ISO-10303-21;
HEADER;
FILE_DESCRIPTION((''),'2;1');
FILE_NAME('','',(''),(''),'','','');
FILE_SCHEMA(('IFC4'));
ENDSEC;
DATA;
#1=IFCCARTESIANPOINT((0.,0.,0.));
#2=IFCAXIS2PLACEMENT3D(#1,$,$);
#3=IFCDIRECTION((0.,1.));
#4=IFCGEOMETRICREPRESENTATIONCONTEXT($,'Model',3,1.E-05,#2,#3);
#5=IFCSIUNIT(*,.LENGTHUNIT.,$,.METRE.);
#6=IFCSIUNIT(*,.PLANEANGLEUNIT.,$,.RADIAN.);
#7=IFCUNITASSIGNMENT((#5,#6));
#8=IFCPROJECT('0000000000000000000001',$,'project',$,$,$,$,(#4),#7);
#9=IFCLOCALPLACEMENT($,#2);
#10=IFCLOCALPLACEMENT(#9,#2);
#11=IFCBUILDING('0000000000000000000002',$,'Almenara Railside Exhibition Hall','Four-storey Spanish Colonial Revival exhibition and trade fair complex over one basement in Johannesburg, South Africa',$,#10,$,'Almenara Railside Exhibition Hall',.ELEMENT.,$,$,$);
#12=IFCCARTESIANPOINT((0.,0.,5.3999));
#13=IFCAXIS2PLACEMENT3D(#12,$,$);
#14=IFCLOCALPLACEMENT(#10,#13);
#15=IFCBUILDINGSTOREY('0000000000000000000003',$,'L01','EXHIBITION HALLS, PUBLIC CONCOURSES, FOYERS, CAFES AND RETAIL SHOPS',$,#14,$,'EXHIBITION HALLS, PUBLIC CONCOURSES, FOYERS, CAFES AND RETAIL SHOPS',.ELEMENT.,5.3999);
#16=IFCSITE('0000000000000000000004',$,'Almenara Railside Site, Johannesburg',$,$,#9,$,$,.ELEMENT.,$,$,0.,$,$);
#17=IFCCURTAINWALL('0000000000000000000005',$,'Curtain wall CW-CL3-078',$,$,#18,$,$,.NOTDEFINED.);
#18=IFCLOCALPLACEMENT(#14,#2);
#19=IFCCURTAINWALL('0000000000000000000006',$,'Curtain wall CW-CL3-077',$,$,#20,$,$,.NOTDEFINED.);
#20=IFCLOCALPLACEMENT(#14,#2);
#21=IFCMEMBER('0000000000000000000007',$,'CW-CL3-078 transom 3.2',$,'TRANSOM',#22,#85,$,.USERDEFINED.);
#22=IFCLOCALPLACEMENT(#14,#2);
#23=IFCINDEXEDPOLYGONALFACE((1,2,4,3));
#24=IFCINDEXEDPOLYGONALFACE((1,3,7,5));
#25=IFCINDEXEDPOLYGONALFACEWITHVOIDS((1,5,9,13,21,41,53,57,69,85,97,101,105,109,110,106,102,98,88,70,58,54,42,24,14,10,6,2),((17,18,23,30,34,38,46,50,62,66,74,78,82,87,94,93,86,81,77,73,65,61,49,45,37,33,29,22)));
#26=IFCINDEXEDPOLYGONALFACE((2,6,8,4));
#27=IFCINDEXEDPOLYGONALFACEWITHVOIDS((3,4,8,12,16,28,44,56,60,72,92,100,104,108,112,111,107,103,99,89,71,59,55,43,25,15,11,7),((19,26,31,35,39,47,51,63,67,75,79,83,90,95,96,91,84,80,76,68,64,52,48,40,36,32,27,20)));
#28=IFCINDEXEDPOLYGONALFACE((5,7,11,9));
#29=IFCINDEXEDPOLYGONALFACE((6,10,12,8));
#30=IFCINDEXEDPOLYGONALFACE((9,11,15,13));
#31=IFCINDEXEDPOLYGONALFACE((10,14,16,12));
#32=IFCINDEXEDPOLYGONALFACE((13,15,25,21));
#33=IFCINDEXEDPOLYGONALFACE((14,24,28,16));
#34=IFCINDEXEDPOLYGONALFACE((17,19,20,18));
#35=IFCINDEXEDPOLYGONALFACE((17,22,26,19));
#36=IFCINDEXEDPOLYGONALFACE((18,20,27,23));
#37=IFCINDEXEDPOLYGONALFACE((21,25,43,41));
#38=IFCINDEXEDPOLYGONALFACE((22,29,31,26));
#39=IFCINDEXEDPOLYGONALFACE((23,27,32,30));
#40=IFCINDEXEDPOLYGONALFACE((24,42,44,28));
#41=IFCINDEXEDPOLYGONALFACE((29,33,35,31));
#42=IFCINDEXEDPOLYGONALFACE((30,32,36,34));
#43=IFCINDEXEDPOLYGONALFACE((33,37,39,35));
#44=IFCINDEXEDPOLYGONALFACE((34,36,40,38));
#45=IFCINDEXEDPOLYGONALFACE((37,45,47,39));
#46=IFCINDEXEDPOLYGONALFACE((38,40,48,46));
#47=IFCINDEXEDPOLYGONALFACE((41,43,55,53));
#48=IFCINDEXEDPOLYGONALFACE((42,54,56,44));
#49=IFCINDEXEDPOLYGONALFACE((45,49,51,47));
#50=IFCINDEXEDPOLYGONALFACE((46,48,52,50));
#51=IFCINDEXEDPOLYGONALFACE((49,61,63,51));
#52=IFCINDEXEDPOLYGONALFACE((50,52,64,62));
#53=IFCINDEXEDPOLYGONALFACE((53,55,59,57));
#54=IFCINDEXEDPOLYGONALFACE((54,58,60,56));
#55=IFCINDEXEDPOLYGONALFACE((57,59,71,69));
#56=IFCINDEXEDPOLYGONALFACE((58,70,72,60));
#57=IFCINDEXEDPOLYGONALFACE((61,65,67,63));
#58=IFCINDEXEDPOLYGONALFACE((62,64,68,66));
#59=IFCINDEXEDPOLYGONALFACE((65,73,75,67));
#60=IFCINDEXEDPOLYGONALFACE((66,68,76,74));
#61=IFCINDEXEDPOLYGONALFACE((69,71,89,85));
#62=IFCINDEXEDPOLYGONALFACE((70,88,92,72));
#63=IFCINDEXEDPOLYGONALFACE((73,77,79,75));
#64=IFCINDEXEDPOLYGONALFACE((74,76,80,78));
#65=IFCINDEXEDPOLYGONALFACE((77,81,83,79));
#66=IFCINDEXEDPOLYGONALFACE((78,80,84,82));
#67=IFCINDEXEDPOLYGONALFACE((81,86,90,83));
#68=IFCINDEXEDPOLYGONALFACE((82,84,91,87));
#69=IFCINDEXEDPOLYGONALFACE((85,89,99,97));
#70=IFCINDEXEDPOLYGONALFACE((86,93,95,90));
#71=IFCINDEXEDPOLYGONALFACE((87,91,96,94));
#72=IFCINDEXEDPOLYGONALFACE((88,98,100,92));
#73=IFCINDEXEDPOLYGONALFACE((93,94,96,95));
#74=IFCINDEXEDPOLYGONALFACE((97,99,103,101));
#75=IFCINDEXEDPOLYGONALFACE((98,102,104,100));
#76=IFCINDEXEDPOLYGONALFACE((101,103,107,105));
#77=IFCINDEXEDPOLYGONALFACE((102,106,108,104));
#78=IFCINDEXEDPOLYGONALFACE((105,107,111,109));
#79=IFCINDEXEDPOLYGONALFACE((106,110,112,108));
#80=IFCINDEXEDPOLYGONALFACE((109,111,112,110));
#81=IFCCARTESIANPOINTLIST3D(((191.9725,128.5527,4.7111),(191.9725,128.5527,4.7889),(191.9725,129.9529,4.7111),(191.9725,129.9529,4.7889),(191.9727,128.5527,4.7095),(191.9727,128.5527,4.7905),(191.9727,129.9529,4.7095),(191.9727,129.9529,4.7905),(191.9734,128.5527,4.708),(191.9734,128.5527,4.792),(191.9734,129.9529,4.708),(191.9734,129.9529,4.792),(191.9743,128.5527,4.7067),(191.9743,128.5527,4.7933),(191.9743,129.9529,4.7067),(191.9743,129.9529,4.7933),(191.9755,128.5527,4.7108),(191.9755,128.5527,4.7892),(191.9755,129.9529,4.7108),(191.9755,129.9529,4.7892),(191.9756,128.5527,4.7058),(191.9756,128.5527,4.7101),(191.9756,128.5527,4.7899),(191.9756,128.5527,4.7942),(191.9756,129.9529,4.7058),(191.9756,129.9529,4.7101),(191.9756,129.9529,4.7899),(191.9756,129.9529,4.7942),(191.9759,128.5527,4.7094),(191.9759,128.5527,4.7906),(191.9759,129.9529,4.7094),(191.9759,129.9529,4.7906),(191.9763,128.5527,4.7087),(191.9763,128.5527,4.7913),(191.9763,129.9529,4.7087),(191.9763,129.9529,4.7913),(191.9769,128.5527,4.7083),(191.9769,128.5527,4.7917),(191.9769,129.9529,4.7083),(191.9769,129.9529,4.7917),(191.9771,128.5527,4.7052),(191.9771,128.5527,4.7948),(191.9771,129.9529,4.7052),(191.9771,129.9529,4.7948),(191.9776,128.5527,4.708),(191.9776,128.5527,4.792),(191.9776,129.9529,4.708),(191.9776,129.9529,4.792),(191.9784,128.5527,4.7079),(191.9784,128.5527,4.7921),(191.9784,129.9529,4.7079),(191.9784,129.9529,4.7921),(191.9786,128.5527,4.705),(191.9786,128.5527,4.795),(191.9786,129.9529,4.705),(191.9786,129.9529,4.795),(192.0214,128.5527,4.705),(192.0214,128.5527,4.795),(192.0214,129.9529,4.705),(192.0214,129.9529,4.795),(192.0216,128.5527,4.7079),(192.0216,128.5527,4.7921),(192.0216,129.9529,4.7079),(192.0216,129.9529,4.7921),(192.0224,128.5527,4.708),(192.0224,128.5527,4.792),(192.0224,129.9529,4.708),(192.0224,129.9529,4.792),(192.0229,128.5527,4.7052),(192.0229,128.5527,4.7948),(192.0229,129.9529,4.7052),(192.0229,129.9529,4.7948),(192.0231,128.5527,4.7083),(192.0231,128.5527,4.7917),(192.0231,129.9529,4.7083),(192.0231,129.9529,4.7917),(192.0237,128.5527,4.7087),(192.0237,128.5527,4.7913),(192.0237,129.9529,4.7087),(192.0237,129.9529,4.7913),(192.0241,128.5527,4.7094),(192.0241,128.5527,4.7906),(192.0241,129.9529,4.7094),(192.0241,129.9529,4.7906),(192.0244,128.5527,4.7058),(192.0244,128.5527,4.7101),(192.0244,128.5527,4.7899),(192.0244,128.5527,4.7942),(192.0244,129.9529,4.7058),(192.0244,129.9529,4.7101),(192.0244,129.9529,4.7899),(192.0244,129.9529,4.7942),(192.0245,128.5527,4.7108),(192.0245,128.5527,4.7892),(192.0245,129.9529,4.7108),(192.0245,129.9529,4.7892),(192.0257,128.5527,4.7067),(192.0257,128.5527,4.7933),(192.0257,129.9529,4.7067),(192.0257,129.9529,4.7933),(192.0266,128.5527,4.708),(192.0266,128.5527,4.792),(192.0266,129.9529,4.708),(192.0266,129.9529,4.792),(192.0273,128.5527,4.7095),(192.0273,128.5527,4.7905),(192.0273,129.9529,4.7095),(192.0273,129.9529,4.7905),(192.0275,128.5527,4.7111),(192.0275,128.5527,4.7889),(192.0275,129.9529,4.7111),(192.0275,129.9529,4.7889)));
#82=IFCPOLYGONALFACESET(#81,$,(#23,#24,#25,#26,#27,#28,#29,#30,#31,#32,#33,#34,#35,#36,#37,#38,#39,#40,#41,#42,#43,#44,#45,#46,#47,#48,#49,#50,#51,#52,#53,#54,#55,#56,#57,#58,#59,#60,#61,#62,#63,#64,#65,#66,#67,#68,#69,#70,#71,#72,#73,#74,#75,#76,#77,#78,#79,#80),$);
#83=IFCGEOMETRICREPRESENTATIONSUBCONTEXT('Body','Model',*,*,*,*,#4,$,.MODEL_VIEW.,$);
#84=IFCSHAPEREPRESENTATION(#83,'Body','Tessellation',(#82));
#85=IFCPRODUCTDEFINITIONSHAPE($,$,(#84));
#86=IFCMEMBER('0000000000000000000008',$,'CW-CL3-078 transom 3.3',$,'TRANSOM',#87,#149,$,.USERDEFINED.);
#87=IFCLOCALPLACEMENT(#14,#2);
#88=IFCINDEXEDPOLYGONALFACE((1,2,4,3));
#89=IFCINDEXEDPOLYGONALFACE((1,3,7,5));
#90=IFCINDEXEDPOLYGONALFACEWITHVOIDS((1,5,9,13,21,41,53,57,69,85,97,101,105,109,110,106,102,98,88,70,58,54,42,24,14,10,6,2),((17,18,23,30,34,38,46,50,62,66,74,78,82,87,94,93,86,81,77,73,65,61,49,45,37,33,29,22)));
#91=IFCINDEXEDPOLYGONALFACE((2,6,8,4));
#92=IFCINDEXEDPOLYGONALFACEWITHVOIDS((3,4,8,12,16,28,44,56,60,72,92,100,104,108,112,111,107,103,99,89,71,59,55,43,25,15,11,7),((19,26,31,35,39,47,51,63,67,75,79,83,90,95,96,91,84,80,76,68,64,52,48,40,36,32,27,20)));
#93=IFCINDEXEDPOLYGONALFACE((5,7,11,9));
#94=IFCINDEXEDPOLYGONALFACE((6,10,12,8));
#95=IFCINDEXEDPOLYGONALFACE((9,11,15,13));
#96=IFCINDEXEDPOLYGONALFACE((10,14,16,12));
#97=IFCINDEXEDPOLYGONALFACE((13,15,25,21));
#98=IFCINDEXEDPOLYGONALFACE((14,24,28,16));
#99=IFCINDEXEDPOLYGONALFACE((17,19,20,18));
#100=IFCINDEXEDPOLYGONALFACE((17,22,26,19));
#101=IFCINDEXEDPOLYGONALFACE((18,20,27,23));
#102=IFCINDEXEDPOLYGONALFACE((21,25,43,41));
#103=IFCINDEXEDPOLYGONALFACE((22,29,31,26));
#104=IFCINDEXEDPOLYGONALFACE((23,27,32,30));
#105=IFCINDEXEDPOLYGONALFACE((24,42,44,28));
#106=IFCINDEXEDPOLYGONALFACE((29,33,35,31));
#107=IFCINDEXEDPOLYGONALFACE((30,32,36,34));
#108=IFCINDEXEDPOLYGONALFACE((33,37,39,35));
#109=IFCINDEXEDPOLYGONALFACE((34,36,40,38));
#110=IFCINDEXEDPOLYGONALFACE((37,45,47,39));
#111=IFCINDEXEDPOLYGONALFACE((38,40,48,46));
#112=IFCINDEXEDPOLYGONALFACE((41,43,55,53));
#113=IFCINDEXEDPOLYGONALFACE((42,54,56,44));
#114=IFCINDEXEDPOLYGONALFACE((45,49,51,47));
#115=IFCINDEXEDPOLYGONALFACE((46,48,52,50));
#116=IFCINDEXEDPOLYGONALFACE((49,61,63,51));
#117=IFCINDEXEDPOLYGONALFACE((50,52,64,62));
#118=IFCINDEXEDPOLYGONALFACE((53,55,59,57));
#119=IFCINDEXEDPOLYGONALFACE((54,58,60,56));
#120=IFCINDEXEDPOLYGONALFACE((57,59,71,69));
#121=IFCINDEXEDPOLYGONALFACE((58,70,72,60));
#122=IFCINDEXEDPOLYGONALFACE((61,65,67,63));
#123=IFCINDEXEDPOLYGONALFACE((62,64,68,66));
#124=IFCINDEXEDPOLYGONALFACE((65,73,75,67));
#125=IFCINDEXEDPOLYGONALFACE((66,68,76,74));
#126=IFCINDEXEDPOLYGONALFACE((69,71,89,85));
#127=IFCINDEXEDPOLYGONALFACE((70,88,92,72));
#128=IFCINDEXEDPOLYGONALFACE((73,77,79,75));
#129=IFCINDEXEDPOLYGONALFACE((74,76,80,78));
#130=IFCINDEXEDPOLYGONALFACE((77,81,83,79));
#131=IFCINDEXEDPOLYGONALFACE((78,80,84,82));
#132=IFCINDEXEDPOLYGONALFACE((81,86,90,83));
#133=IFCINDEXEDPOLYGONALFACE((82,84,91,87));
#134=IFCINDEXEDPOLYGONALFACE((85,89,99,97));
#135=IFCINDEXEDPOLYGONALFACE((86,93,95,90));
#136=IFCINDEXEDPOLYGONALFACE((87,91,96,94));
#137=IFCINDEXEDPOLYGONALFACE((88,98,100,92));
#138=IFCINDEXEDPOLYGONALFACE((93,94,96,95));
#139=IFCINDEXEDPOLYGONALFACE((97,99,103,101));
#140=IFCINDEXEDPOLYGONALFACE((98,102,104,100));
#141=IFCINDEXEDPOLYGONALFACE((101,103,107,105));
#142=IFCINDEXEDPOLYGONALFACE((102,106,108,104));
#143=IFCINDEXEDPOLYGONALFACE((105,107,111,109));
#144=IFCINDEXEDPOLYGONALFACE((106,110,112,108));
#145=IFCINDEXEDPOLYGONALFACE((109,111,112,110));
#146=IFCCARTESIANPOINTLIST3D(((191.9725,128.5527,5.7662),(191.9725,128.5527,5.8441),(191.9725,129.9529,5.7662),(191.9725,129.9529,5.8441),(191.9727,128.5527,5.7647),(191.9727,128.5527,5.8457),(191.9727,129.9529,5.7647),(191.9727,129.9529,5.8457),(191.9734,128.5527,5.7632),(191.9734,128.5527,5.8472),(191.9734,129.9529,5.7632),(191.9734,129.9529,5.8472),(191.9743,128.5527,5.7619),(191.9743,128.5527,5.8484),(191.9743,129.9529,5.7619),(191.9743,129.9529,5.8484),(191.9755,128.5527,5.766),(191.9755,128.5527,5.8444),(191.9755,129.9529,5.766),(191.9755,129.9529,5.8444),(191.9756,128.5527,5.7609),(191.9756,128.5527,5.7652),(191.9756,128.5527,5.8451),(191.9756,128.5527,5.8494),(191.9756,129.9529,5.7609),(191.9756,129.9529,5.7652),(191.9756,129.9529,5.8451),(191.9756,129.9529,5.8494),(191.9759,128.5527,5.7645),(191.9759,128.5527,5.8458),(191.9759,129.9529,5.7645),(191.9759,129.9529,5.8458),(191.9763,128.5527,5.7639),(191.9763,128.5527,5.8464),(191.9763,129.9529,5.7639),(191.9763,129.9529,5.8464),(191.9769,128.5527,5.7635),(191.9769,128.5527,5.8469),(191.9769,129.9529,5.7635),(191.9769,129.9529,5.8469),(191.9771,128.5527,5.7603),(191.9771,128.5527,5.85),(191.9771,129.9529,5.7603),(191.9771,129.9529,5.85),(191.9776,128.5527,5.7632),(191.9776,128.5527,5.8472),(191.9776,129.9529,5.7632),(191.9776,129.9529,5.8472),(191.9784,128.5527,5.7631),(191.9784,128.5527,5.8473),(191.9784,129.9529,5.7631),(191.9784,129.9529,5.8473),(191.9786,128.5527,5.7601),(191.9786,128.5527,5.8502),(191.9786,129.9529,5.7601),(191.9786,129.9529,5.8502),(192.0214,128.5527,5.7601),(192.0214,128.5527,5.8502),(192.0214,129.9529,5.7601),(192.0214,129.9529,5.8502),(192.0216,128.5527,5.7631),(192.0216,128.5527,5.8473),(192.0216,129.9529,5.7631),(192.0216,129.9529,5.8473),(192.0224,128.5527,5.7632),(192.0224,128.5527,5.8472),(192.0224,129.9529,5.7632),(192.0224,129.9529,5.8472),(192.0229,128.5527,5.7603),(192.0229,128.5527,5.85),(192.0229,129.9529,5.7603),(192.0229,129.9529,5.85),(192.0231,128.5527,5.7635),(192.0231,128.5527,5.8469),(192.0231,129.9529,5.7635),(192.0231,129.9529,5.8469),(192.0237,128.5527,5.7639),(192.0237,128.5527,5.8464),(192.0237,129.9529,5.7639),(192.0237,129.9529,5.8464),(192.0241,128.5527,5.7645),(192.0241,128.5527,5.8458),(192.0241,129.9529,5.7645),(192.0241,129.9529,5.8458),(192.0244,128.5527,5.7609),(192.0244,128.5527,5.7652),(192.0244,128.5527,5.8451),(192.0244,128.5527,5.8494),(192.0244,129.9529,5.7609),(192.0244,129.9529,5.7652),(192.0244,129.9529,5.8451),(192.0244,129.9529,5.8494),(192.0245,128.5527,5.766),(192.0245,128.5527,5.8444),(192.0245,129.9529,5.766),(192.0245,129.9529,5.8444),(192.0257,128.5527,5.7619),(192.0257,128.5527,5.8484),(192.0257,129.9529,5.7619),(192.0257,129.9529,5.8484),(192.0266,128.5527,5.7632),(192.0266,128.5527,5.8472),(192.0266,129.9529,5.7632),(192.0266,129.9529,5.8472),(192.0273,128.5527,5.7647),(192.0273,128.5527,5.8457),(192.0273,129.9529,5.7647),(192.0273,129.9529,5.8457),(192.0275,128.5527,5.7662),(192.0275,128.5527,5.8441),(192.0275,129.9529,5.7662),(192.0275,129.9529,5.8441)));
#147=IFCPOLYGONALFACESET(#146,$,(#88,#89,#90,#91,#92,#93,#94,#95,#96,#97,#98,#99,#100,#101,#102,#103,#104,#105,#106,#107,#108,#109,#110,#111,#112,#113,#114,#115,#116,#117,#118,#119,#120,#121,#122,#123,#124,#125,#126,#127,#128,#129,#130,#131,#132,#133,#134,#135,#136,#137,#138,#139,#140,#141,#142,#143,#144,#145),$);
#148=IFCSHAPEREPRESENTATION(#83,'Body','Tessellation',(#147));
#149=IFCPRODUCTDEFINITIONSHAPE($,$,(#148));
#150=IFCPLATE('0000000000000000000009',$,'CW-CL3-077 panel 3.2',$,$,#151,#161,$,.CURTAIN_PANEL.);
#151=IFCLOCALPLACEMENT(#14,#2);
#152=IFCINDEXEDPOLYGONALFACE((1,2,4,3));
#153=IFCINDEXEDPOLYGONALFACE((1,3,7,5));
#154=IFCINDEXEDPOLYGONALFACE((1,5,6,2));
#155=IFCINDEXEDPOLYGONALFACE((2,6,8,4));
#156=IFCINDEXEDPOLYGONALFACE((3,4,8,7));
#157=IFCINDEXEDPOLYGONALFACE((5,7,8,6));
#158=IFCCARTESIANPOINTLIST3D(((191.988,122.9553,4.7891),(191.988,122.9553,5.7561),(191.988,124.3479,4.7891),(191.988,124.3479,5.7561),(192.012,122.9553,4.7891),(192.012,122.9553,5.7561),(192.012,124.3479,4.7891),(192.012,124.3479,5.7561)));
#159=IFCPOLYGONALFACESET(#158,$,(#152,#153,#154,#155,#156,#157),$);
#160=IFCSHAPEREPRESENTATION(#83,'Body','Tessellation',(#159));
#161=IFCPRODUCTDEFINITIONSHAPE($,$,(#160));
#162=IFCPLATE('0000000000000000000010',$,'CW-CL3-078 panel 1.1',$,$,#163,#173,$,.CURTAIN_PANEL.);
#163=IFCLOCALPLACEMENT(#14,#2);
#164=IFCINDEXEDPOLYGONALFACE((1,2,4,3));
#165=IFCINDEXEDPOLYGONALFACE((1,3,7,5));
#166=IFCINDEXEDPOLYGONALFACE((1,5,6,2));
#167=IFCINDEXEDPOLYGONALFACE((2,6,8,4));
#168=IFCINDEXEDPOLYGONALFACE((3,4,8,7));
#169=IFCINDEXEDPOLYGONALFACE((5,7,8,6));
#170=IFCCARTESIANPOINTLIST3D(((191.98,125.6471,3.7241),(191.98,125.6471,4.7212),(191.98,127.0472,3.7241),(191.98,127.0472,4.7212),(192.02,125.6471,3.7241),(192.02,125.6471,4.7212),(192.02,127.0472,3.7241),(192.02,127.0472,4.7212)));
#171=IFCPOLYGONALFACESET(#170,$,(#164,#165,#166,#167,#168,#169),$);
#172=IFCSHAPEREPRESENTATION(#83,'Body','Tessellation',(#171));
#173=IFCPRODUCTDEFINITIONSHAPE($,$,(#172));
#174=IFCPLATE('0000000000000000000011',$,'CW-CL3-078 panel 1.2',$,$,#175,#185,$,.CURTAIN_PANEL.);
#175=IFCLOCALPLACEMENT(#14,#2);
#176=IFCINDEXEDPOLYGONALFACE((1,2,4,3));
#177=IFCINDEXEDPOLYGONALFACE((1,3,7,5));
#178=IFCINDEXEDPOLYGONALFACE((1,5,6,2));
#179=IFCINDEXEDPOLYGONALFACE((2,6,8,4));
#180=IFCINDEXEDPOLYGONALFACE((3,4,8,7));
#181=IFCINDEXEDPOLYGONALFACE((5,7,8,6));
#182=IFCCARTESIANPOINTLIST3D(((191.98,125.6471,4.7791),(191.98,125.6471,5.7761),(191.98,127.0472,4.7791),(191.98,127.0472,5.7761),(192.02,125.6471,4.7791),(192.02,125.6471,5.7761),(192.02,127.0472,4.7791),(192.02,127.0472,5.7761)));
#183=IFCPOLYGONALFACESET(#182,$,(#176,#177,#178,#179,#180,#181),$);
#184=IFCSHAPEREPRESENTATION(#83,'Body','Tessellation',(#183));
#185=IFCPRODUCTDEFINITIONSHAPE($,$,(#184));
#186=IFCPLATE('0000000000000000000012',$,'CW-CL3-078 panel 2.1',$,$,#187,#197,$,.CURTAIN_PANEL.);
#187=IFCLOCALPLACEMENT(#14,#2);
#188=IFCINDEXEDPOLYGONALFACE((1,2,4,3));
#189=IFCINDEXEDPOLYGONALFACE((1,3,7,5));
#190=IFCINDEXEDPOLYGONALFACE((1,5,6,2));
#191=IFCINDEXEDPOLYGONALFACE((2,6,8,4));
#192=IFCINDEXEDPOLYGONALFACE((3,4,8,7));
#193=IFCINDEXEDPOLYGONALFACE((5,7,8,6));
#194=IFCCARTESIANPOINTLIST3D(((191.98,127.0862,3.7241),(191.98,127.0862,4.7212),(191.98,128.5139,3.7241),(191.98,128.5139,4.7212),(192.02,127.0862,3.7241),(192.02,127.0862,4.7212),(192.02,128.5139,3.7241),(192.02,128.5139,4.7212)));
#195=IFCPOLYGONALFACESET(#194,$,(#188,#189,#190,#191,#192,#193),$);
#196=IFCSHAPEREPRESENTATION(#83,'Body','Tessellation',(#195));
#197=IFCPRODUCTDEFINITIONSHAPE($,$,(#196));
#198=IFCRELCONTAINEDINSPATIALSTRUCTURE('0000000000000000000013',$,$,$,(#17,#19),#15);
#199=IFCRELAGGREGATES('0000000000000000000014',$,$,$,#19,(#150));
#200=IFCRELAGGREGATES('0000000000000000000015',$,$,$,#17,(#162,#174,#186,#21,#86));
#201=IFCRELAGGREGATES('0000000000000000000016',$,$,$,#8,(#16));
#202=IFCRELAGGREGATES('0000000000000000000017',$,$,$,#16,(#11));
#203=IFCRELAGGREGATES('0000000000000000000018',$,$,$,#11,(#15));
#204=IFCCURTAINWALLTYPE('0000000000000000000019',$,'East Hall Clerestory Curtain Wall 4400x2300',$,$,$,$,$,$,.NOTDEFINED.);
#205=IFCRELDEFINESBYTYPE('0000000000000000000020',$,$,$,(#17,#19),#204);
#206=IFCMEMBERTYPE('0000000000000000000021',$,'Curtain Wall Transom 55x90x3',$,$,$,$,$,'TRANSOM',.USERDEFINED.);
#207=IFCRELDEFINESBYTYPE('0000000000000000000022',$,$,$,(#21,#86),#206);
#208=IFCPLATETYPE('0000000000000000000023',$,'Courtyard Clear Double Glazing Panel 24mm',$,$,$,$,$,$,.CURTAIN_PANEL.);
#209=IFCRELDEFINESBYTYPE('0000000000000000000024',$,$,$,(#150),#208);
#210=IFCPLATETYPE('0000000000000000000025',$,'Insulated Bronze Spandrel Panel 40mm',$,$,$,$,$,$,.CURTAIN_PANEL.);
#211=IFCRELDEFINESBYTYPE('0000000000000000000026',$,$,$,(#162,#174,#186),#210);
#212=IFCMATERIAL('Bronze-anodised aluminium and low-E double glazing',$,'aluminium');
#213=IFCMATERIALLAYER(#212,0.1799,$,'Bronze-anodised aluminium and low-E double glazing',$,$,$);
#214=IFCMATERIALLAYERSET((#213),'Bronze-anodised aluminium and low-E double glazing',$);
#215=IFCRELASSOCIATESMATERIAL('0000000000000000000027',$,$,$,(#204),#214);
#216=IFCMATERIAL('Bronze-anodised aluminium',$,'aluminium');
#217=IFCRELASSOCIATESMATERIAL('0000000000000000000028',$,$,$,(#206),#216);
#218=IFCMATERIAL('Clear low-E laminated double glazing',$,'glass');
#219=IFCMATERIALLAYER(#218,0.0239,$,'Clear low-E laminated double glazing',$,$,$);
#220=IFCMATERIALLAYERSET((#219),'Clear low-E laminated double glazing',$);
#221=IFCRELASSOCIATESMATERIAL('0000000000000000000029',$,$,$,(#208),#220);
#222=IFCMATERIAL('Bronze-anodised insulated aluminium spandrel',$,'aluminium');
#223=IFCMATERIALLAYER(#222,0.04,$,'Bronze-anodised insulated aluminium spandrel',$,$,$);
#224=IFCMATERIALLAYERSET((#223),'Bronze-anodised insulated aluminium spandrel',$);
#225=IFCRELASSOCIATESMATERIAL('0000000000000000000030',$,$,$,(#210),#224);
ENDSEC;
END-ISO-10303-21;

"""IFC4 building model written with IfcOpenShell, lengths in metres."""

from ifc_helpers import new_model, si_unit, direction, frame, origin, origin_2d, place, context, subcontext, project, spatial, rectangle, hollow_rectangle, extrude, material, layer, layer_set, material_profile, profile_set, type_object, element, aggregate, save


model = new_model("IFC4")

# Units and contexts
model_context = context("Model", 3, precision=1e-05, world=origin(), true_north=direction((0.0, 1.0)))
body_context = subcontext(model_context, "Body", "Model", "MODEL_VIEW")
ifc_project = project(units=[si_unit("LENGTHUNIT", "METRE"), si_unit("PLANEANGLEUNIT", "RADIAN")], contexts=[model_context])

# Site, building, storey
site_placement = place(None, origin())
site = spatial("IfcSite", under=ifc_project, at=site_placement, Name="Almenara Railside Site, Johannesburg", CompositionType="ELEMENT", RefElevation=0.0)
building_placement = place(site_placement, origin())
building = spatial("IfcBuilding", under=site, at=building_placement, Name="Almenara Railside Exhibition Hall", Description="Four-storey Spanish Colonial Revival exhibition and trade fair complex over one basement in Johannesburg, South Africa", LongName="Almenara Railside Exhibition Hall", CompositionType="ELEMENT")
storey_placement = place(building_placement, frame((0.0, 0.0, 5.3999)))
storey = spatial("IfcBuildingStorey", under=building, at=storey_placement, Name="L01", Description="EXHIBITION HALLS, PUBLIC CONCOURSES, FOYERS, CAFES AND RETAIL SHOPS", LongName="EXHIBITION HALLS, PUBLIC CONCOURSES, FOYERS, CAFES AND RETAIL SHOPS", CompositionType="ELEMENT", Elevation=5.3999)

# Curtain wall
ifc_material_1 = material(Name="Bronze-anodised aluminium and low-E double glazing", Category="aluminium")
ifc_layer_1 = layer(ifc_material_1, 0.1799, Name="Bronze-anodised aluminium and low-E double glazing")
ifc_layer_set_1 = layer_set([ifc_layer_1], Name="Bronze-anodised aluminium and low-E double glazing")
curtain_wall_type = type_object("IfcCurtainWallType", Name="East Hall Clerestory Curtain Wall 4400x2300", PredefinedType="NOTDEFINED", material=ifc_layer_set_1)
curtain_wall_1_placement = place(storey_placement, origin())
curtain_wall_1 = element("IfcCurtainWall", 1, at=curtain_wall_1_placement, inside=storey, type_object=curtain_wall_type, Name="Curtain wall CW-CL3-078", PredefinedType="NOTDEFINED")
ifc_material_2 = material(Name="Bronze-anodised aluminium", Category="aluminium")

# Curtain wall
curtain_wall_2_placement = place(storey_placement, origin())
curtain_wall_2 = element("IfcCurtainWall", 2, at=curtain_wall_2_placement, inside=storey, type_object=curtain_wall_type, Name="Curtain wall CW-CL3-077", PredefinedType="NOTDEFINED")

# Members
ifc_material_profile_1 = material_profile(ifc_material_2, hollow_rectangle(XDim=0.0549, YDim=0.0901, WallThickness=0.0029, InnerFilletRadius=0.0029, OuterFilletRadius=0.0061, at=origin_2d()), Name="ALU-TRN 55x90x3")
ifc_profile_set_1 = profile_set([ifc_material_profile_1], Name="Bronze-anodised aluminium")
member_type_1 = type_object("IfcMemberType", Name="Curtain Wall Transom 55x90x3", ElementType="TRANSOM", PredefinedType="USERDEFINED", material=ifc_profile_set_1)
member_1_placement = place(storey_placement, frame((192.0, 128.5527, 4.75), z_axis=(0.0, 1.0, 0.0), x_axis=(-1.0, 0.0, 0.0)))
member_1 = element("IfcMember", 3, at=member_1_placement, type_object=member_type_1, Name="CW-CL3-078 transom 3.2", ObjectType="TRANSOM", PredefinedType="USERDEFINED", context=body_context, shape_type="SweptSolid", body=[
    extrude(hollow_rectangle(XDim=0.0549, YDim=0.0901, WallThickness=0.0029, InnerFilletRadius=0.0029, OuterFilletRadius=0.0061, at=origin_2d()), origin(), (0.0, 0.0, 1.0), 1.4001),
])
member_2_placement = place(storey_placement, frame((192.0, 128.5527, 5.8052), z_axis=(0.0, 1.0, 0.0), x_axis=(-1.0, 0.0, 0.0)))
member_2 = element("IfcMember", 4, at=member_2_placement, type_object=member_type_1, Name="CW-CL3-078 transom 3.3", ObjectType="TRANSOM", PredefinedType="USERDEFINED", context=body_context, shape_type="SweptSolid", body=[
    extrude(hollow_rectangle(XDim=0.0549, YDim=0.0901, WallThickness=0.0029, InnerFilletRadius=0.0029, OuterFilletRadius=0.0061, at=origin_2d()), origin(), (0.0, 0.0, 1.0), 1.4001),
])

# Plates
ifc_material_3 = material(Name="Clear low-E laminated double glazing", Category="glass")
ifc_layer_2 = layer(ifc_material_3, 0.0239, Name="Clear low-E laminated double glazing")
ifc_layer_set_2 = layer_set([ifc_layer_2], Name="Clear low-E laminated double glazing")
plate_type_1 = type_object("IfcPlateType", Name="Courtyard Clear Double Glazing Panel 24mm", PredefinedType="CURTAIN_PANEL", material=ifc_layer_set_2)
plate_1_placement = place(storey_placement, frame((192.0, 123.6516, 4.7891), z_axis=(0.0, 0.0, 1.0), x_axis=(0.0, 1.0, 0.0)))
plate_1 = element("IfcPlate", 5, at=plate_1_placement, type_object=plate_type_1, Name="CW-CL3-077 panel 3.2", PredefinedType="CURTAIN_PANEL", context=body_context, shape_type="SweptSolid", body=[
    extrude(rectangle(XDim=1.3926, YDim=0.0239, at=origin_2d()), origin(), (0.0, 0.0, 1.0), 0.967),
])
aggregate(curtain_wall_2, [plate_1])
ifc_material_4 = material(Name="Bronze-anodised insulated aluminium spandrel", Category="aluminium")
ifc_layer_3 = layer(ifc_material_4, 0.04, Name="Bronze-anodised insulated aluminium spandrel")
ifc_layer_set_3 = layer_set([ifc_layer_3], Name="Bronze-anodised insulated aluminium spandrel")
plate_type_2 = type_object("IfcPlateType", Name="Insulated Bronze Spandrel Panel 40mm", PredefinedType="CURTAIN_PANEL", material=ifc_layer_set_3)
plate_2_placement = place(storey_placement, frame((192.0, 126.3472, 3.7241), z_axis=(0.0, 0.0, 1.0), x_axis=(0.0, 1.0, 0.0)))
plate_2 = element("IfcPlate", 6, at=plate_2_placement, type_object=plate_type_2, Name="CW-CL3-078 panel 1.1", PredefinedType="CURTAIN_PANEL", context=body_context, shape_type="SweptSolid", body=[
    extrude(rectangle(XDim=1.4001, YDim=0.04, at=origin_2d()), origin(), (0.0, 0.0, 1.0), 0.9971),
])
plate_3_placement = place(storey_placement, frame((192.0, 126.3472, 4.7791), z_axis=(0.0, 0.0, 1.0), x_axis=(0.0, 1.0, 0.0)))
plate_3 = element("IfcPlate", 7, at=plate_3_placement, type_object=plate_type_2, Name="CW-CL3-078 panel 1.2", PredefinedType="CURTAIN_PANEL", context=body_context, shape_type="SweptSolid", body=[
    extrude(rectangle(XDim=1.4001, YDim=0.04, at=origin_2d()), origin(), (0.0, 0.0, 1.0), 0.9971),
])
plate_4_placement = place(storey_placement, frame((192.0, 127.8, 3.7241), z_axis=(0.0, 0.0, 1.0), x_axis=(0.0, 1.0, 0.0)))
plate_4 = element("IfcPlate", 8, at=plate_4_placement, type_object=plate_type_2, Name="CW-CL3-078 panel 2.1", PredefinedType="CURTAIN_PANEL", context=body_context, shape_type="SweptSolid", body=[
    extrude(rectangle(XDim=1.4277, YDim=0.04, at=origin_2d()), origin(), (0.0, 0.0, 1.0), 0.9971),
])
aggregate(curtain_wall_1, [plate_2, plate_3, plate_4, member_1, member_2])

save(model, "model.ifc")
